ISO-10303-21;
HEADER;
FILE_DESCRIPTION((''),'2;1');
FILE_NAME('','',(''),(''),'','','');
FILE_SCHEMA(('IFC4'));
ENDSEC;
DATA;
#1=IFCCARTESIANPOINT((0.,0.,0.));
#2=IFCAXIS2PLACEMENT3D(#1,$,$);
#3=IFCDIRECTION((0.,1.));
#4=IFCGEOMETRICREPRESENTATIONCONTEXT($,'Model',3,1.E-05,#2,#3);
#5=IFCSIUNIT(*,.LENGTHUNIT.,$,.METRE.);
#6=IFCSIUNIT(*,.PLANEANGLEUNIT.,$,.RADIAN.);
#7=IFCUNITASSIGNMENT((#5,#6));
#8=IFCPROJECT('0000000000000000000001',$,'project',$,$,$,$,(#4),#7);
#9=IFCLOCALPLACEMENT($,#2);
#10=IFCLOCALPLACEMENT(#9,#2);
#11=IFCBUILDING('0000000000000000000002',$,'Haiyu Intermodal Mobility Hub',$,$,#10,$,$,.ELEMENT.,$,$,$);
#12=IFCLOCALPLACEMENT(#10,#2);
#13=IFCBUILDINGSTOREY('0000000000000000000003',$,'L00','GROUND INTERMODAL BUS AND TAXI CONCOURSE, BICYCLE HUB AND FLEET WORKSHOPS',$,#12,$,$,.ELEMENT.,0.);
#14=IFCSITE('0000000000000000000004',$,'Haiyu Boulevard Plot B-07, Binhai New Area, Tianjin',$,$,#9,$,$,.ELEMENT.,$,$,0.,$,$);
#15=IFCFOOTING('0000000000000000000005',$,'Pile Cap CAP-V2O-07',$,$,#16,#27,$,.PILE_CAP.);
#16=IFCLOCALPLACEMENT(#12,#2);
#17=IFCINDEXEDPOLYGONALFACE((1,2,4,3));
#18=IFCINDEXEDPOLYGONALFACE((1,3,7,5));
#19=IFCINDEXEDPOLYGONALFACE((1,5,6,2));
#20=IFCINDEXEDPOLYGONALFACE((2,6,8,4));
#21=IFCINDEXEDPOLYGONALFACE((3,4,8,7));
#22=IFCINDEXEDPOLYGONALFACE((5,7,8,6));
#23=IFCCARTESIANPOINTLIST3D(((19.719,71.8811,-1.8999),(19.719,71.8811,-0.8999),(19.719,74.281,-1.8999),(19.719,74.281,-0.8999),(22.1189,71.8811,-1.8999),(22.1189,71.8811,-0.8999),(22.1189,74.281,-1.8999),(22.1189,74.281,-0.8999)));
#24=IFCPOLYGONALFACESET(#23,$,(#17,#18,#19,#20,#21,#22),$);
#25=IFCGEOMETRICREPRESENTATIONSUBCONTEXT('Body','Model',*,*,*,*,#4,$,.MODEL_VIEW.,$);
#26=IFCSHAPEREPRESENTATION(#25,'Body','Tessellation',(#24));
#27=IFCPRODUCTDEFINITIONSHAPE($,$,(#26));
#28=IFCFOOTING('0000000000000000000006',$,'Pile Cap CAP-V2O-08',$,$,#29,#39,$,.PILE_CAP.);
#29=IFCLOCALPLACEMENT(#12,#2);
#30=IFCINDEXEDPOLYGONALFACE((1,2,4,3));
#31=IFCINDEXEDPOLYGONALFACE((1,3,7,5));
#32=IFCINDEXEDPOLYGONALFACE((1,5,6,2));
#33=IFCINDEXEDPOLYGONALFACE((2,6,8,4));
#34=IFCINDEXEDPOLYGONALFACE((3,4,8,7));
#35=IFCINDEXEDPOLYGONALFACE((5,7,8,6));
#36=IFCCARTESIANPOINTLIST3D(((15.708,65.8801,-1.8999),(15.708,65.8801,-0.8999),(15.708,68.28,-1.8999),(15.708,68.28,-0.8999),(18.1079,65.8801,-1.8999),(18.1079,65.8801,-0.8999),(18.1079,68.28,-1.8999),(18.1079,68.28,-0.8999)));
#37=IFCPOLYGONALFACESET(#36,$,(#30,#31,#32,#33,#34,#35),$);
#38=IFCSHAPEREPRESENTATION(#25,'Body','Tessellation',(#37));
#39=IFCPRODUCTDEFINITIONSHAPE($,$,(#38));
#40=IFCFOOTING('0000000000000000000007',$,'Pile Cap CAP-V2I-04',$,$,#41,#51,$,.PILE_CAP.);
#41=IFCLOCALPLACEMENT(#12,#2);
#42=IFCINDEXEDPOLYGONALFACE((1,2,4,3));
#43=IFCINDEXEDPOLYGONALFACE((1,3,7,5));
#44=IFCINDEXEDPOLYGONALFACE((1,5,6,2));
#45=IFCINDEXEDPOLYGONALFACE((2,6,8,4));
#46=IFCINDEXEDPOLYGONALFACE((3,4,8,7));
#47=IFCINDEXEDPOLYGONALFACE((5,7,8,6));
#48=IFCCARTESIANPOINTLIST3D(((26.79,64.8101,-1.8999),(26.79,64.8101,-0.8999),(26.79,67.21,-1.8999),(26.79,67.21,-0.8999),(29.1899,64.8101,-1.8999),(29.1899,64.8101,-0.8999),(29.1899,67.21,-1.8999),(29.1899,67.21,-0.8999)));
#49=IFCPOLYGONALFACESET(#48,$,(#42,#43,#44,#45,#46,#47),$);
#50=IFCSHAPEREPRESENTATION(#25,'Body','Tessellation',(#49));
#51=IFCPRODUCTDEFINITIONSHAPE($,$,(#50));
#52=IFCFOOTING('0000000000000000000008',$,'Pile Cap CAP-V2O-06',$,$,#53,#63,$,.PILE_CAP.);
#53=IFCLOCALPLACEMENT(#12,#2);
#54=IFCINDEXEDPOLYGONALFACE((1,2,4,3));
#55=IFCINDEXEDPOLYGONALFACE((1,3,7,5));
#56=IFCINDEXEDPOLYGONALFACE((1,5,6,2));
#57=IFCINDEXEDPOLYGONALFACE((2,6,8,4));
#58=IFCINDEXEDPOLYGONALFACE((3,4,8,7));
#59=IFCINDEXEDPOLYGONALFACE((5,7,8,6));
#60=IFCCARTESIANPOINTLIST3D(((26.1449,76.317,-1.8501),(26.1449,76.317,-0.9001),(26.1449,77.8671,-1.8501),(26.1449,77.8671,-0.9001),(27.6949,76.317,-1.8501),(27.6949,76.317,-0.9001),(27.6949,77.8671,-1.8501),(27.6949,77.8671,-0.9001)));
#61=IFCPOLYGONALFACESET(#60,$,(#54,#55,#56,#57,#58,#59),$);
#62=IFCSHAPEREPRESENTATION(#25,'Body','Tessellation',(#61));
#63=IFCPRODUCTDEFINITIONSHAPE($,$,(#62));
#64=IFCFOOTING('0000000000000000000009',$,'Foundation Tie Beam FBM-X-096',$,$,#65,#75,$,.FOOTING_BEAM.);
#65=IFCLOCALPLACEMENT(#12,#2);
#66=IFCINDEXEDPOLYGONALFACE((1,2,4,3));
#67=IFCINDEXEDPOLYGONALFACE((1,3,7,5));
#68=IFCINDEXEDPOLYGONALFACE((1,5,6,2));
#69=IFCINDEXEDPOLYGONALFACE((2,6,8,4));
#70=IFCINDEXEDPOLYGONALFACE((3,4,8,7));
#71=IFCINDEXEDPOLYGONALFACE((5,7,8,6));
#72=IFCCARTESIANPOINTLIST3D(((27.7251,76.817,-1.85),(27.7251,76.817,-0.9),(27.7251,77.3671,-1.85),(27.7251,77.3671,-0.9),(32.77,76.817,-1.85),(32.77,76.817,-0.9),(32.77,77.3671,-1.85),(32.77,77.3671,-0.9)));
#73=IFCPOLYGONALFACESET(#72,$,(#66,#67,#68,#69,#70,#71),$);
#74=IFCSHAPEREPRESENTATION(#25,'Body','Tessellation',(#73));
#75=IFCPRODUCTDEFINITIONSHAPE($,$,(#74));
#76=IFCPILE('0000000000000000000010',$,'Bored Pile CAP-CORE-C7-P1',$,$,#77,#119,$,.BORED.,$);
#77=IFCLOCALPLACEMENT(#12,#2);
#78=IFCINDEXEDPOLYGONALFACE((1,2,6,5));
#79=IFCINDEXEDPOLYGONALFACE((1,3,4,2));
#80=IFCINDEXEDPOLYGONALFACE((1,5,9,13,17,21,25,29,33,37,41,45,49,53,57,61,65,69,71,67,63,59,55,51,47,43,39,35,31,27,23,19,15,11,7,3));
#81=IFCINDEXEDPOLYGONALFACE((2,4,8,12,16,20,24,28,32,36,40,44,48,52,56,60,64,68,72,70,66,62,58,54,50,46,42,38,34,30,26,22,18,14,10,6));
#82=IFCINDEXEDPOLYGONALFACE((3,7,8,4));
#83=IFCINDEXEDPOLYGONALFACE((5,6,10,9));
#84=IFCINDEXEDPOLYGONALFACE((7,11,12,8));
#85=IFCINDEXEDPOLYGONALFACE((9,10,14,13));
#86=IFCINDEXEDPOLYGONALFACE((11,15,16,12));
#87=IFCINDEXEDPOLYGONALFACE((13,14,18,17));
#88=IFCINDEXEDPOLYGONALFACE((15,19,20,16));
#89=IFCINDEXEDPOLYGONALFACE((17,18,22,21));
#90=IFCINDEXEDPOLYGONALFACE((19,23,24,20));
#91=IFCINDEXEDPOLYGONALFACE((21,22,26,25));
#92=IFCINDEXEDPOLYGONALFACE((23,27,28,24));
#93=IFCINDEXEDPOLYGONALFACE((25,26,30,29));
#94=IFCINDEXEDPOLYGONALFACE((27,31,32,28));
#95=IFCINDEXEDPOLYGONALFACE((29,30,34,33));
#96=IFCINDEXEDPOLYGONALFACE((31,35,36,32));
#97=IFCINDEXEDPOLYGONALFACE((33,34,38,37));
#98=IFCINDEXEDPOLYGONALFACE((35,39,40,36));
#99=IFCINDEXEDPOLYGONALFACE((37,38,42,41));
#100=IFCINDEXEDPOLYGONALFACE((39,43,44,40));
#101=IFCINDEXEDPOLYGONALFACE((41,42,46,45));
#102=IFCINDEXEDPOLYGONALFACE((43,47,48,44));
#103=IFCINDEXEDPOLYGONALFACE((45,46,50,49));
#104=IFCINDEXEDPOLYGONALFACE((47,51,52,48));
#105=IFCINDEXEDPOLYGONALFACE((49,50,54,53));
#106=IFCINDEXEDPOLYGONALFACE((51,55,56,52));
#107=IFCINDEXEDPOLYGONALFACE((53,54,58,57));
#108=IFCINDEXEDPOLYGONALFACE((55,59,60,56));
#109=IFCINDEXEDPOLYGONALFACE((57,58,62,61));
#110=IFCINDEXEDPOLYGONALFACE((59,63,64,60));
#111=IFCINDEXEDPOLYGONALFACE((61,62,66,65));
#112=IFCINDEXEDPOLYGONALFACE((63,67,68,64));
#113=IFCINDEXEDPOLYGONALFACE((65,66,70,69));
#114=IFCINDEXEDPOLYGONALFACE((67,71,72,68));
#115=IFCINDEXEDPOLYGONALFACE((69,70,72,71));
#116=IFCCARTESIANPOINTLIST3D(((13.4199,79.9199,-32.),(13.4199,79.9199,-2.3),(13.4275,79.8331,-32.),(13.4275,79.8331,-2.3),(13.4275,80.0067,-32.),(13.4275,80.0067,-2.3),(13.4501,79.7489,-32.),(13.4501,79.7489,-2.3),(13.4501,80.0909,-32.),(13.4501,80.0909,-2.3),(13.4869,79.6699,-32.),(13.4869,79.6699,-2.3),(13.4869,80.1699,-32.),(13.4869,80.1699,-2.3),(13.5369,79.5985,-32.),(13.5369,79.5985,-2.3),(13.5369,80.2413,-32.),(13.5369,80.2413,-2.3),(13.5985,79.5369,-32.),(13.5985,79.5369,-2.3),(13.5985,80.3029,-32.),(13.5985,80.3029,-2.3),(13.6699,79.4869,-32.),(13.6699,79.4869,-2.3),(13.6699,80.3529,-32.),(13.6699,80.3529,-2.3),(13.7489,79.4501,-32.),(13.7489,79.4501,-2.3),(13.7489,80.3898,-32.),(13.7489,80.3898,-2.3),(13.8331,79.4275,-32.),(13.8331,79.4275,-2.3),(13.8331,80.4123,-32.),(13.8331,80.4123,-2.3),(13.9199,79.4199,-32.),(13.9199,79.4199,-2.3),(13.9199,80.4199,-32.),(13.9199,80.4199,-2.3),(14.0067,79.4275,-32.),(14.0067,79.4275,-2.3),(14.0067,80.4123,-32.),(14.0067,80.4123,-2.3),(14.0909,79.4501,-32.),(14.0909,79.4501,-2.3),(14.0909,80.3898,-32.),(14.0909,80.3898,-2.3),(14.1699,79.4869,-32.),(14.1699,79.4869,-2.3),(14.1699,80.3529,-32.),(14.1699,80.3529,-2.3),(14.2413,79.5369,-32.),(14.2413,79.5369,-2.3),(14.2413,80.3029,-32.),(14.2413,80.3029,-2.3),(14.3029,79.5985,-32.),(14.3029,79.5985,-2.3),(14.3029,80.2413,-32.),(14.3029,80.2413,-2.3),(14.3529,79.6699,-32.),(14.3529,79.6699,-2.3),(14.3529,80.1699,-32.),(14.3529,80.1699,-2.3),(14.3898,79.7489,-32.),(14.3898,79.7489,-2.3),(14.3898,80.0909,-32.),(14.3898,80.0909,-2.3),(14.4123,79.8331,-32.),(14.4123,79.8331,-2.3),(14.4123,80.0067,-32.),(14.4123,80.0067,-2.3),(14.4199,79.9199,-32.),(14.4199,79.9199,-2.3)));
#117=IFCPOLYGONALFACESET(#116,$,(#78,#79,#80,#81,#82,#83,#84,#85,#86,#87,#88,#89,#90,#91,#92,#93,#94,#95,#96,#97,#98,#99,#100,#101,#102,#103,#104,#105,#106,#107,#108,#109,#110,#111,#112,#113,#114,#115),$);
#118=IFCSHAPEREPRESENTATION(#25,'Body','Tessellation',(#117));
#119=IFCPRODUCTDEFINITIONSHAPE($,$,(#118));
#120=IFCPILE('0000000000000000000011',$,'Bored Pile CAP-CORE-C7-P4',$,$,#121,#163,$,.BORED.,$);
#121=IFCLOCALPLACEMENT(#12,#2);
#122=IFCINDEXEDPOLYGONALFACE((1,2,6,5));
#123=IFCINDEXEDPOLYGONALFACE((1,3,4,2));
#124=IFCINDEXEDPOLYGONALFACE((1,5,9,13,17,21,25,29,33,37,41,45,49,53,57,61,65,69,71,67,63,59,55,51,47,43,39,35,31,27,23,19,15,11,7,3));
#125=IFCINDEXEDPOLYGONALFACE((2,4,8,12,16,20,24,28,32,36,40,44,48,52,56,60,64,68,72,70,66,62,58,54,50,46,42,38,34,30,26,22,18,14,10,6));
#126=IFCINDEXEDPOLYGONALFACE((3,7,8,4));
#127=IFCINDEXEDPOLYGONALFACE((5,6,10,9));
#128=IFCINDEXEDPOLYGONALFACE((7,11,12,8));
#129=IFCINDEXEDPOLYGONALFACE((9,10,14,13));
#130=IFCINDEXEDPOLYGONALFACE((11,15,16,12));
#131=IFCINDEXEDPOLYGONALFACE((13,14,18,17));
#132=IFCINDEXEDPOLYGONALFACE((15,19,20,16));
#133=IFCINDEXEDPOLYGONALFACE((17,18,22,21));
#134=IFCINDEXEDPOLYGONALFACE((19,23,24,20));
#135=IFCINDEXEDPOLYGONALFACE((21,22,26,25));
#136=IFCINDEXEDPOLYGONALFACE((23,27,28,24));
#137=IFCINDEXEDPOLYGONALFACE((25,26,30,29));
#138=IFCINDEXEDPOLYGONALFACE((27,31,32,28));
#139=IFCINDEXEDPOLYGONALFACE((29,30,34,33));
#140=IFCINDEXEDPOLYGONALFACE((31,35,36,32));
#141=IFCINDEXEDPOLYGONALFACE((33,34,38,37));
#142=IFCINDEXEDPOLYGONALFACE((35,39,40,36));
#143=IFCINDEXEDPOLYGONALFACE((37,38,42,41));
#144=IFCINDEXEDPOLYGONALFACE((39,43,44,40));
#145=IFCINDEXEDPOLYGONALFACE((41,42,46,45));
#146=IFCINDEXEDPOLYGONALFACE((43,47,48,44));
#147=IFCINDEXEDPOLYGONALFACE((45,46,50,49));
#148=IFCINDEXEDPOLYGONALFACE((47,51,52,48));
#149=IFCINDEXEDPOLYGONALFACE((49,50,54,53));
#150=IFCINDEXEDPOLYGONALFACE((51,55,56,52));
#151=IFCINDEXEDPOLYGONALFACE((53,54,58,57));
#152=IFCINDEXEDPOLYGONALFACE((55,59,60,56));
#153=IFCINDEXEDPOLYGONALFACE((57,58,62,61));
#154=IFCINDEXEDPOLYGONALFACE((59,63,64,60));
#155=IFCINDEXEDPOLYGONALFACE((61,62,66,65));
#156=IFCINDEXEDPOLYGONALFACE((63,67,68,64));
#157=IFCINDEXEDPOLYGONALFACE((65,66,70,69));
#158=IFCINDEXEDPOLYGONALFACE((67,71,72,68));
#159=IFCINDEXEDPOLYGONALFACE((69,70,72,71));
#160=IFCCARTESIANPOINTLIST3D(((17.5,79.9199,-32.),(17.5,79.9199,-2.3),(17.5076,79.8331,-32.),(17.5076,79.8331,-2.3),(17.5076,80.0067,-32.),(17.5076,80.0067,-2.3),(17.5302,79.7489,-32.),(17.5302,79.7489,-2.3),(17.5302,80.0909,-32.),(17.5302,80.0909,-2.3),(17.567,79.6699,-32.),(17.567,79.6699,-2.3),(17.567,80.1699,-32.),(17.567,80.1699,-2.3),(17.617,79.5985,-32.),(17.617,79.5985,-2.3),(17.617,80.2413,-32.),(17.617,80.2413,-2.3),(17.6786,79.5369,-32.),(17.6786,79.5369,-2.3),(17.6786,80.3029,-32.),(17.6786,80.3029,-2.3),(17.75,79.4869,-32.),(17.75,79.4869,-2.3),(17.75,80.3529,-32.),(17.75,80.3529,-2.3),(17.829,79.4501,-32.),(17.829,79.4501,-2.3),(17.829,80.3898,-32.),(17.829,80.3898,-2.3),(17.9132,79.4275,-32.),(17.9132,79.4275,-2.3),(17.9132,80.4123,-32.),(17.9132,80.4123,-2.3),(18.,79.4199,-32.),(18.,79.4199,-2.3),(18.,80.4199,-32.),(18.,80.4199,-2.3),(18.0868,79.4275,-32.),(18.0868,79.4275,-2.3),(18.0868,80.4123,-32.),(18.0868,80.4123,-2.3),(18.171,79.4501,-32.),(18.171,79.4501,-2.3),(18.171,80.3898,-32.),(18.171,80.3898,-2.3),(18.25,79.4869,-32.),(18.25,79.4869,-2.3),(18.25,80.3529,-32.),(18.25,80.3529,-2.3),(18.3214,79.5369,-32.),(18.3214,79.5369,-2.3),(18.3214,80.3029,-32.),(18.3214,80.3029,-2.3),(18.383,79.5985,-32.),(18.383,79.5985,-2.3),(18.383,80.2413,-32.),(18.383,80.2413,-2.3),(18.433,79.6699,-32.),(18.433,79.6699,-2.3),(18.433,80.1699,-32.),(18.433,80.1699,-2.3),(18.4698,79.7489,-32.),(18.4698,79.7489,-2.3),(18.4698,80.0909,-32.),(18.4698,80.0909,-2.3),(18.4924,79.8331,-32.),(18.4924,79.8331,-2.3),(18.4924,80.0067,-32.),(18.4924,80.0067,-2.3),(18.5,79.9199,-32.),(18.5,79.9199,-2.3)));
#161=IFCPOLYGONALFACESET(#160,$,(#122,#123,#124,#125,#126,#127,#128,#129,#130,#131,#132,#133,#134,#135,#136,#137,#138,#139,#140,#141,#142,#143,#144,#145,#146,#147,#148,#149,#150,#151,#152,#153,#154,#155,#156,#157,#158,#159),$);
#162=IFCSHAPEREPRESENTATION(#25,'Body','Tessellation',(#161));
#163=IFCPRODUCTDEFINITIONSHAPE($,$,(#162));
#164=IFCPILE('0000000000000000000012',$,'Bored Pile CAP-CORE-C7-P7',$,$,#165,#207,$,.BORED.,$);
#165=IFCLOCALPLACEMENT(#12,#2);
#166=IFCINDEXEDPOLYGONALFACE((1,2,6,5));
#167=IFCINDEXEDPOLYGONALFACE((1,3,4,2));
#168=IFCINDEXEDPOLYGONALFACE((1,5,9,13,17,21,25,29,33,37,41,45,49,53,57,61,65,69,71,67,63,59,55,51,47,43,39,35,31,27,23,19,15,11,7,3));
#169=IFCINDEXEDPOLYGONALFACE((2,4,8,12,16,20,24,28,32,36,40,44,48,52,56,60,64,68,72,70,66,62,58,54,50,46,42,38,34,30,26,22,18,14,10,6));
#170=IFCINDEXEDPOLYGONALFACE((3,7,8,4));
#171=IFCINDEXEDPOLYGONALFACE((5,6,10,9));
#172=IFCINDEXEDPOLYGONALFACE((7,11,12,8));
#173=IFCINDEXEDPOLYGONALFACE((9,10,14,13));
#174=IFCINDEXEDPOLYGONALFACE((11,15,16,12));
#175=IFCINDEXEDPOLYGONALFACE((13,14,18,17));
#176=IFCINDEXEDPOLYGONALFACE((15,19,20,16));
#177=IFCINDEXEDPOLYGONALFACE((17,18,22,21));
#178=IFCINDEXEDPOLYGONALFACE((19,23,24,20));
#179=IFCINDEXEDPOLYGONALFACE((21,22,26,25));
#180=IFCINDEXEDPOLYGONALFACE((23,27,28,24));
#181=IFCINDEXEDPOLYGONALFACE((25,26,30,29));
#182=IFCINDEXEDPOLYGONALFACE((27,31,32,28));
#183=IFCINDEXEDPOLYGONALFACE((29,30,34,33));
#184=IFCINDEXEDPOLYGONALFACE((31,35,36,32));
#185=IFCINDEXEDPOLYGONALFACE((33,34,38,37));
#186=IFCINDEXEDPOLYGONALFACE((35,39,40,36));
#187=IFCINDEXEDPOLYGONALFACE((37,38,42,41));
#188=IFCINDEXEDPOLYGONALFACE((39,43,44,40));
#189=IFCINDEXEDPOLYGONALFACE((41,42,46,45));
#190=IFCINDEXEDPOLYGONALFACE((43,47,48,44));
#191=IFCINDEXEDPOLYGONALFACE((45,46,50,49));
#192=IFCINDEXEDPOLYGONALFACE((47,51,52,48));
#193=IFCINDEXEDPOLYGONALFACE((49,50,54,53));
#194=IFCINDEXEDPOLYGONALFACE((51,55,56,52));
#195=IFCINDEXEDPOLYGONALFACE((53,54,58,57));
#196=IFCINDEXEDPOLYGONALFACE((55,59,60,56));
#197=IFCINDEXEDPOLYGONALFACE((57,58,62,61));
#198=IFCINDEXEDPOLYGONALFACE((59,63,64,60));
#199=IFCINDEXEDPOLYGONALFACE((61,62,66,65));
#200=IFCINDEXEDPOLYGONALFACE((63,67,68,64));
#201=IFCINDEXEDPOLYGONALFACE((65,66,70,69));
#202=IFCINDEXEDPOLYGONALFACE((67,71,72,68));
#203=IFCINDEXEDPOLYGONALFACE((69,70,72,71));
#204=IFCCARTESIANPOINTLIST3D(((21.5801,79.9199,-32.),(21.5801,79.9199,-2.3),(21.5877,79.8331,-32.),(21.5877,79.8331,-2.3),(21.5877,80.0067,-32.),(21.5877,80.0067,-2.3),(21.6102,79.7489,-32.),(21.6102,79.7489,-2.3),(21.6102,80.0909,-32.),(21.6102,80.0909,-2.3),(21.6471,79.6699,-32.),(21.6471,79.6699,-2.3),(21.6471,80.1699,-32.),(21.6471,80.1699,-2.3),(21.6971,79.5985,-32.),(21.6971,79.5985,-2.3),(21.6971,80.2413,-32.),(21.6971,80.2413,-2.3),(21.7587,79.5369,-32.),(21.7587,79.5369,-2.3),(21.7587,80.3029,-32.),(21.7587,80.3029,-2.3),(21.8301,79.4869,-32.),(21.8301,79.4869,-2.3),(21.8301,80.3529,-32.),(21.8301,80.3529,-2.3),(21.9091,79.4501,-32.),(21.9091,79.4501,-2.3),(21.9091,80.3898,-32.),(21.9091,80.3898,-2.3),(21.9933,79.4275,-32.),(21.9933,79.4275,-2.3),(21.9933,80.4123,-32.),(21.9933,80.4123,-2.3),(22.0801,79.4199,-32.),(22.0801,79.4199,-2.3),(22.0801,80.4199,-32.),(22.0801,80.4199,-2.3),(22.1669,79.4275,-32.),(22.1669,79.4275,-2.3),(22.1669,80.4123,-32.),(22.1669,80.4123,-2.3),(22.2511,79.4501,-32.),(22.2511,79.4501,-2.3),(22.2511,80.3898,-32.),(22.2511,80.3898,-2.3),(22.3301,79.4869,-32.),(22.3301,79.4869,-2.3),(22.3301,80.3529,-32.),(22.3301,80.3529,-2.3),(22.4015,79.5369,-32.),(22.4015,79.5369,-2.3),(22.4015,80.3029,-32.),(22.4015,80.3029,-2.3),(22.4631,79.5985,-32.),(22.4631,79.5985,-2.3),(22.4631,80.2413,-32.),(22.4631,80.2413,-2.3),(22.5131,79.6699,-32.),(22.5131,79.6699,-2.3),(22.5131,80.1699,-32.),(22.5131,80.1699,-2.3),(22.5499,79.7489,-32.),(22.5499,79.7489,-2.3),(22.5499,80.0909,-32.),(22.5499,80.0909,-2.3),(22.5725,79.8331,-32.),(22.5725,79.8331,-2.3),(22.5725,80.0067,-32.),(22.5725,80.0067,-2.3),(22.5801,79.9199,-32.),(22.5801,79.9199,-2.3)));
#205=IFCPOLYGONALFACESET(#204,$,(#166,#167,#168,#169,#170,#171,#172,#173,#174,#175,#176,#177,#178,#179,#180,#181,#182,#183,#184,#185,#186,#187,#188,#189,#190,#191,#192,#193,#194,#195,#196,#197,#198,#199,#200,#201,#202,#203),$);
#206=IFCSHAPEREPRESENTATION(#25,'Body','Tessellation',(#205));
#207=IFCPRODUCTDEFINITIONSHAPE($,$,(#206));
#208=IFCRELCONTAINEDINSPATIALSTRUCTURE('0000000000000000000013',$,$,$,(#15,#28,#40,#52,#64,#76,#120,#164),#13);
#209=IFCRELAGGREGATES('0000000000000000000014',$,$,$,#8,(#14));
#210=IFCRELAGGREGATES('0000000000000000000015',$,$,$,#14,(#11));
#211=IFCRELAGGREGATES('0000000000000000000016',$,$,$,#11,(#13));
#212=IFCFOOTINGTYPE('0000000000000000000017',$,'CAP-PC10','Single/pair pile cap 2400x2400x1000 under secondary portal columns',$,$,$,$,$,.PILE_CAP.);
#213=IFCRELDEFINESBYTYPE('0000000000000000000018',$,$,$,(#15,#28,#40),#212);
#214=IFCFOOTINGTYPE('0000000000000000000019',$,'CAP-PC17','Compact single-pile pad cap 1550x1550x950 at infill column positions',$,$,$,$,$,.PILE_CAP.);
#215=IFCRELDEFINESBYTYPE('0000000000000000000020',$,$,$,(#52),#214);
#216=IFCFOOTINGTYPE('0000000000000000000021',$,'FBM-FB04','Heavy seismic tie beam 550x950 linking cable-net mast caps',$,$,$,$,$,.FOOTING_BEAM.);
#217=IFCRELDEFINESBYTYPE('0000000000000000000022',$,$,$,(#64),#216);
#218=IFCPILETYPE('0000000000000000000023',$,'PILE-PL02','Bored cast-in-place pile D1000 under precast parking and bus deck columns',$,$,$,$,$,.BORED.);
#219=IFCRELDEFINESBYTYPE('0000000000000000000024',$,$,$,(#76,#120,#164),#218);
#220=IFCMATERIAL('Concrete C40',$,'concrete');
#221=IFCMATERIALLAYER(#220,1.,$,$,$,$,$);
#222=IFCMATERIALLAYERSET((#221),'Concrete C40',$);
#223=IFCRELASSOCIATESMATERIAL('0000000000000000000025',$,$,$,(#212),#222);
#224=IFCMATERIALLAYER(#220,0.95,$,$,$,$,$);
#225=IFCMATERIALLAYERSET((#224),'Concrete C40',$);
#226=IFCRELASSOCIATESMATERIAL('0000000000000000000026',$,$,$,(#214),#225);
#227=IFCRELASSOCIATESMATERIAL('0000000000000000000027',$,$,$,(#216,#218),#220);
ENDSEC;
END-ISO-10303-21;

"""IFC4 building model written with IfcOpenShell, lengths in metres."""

from ifc_helpers import new_model, si_unit, direction, frame, origin, origin_2d, place, context, subcontext, project, spatial, rectangle, circle, extrude, material, layer, layer_set, material_profile, profile_set, type_object, element, save


model = new_model("IFC4")

# Units and contexts
model_context = context("Model", 3, precision=1e-05, world=origin(), true_north=direction((0.0, 1.0)))
body_context = subcontext(model_context, "Body", "Model", "MODEL_VIEW")
ifc_project = project(units=[si_unit("LENGTHUNIT", "METRE"), si_unit("PLANEANGLEUNIT", "RADIAN")], contexts=[model_context])

# Site, building, storey
site_placement = place(None, origin())
site = spatial("IfcSite", under=ifc_project, at=site_placement, Name="Haiyu Boulevard Plot B-07, Binhai New Area, Tianjin", CompositionType="ELEMENT", RefElevation=0.0)
building_placement = place(site_placement, origin())
building = spatial("IfcBuilding", under=site, at=building_placement, Name="Haiyu Intermodal Mobility Hub", CompositionType="ELEMENT")
storey_placement = place(building_placement, origin())
storey = spatial("IfcBuildingStorey", under=building, at=storey_placement, Name="L00", Description="GROUND INTERMODAL BUS AND TAXI CONCOURSE, BICYCLE HUB AND FLEET WORKSHOPS", CompositionType="ELEMENT", Elevation=0.0)

# Footings
ifc_material_1 = material(Name="Concrete C40", Category="concrete")
ifc_layer_1 = layer(ifc_material_1, 1.0)
ifc_layer_set_1 = layer_set([ifc_layer_1], Name="Concrete C40")
footing_type_1 = type_object("IfcFootingType", Name="CAP-PC10", Description="Single/pair pile cap 2400x2400x1000 under secondary portal columns", PredefinedType="PILE_CAP", material=ifc_layer_set_1)
for number, where, z_axis, x_axis, name in (
    (1, (20.9189, 73.0811, -1.8999), (0.0, 0.0, 1.0), (1.0, 0.0, 0.0), "Pile Cap CAP-V2O-07"),
    (2, (16.908, 67.0801, -1.8999), (0.0, 0.0, 1.0), (1.0, 0.0, 0.0), "Pile Cap CAP-V2O-08"),
    (3, (27.99, 66.01, -1.8999), (0.0, 0.0, 1.0), (1.0, 0.0, 0.0), "Pile Cap CAP-V2I-04"),
):
    element("IfcFooting", number, at=place(storey_placement, frame(where, z_axis=z_axis, x_axis=x_axis)), inside=storey, type_object=footing_type_1, Name=name, PredefinedType="PILE_CAP", context=body_context, shape_type="SweptSolid", body=[
        extrude(rectangle(XDim=2.3999, YDim=2.3999, at=origin_2d()), origin(), (0.0, 0.0, 1.0), 1.0),
    ])
ifc_layer_2 = layer(ifc_material_1, 0.95)
ifc_layer_set_2 = layer_set([ifc_layer_2], Name="Concrete C40")
footing_type_2 = type_object("IfcFootingType", Name="CAP-PC17", Description="Compact single-pile pad cap 1550x1550x950 at infill column positions", PredefinedType="PILE_CAP", material=ifc_layer_set_2)
footing_1_placement = place(storey_placement, frame((26.9199, 77.092, -1.8501), z_axis=(0.0, 0.0, 1.0), x_axis=(1.0, 0.0, 0.0)))
element("IfcFooting", 4, at=footing_1_placement, inside=storey, type_object=footing_type_2, Name="Pile Cap CAP-V2O-06", PredefinedType="PILE_CAP", context=body_context, shape_type="SweptSolid", body=[
    extrude(rectangle(XDim=1.55, YDim=1.55, at=origin_2d()), origin(), (0.0, 0.0, 1.0), 0.95),
])
ifc_material_profile_1 = material_profile(ifc_material_1, rectangle(XDim=0.55, YDim=0.95, at=origin_2d()), Name="FB550x950")
ifc_profile_set_1 = profile_set([ifc_material_profile_1], Name="Concrete C40")
footing_type_3 = type_object("IfcFootingType", Name="FBM-FB04", Description="Heavy seismic tie beam 550x950 linking cable-net mast caps", PredefinedType="FOOTING_BEAM", material=ifc_profile_set_1)
footing_2_placement = place(storey_placement, frame((27.7251, 77.092, -1.375), z_axis=(1.0, 0.0, 0.0), x_axis=(0.0, 1.0, 0.0)))
element("IfcFooting", 5, at=footing_2_placement, inside=storey, type_object=footing_type_3, Name="Foundation Tie Beam FBM-X-096", PredefinedType="FOOTING_BEAM", context=body_context, shape_type="SweptSolid", body=[
    extrude(rectangle(XDim=0.55, YDim=0.95, at=origin_2d()), origin(), (0.0, 0.0, 1.0), 5.0449),
])

# Piles
ifc_material_profile_2 = material_profile(ifc_material_1, circle(Radius=0.5, at=origin_2d()), Name="PILE-D1000")
ifc_profile_set_2 = profile_set([ifc_material_profile_2], Name="Concrete C40")
pile_type_1 = type_object("IfcPileType", Name="PILE-PL02", Description="Bored cast-in-place pile D1000 under precast parking and bus deck columns", PredefinedType="BORED", material=ifc_profile_set_2)
for number, where, z_axis, x_axis, name in (
    (6, (13.9199, 79.9199, -2.3), (0.0, 0.0, -1.0), (1.0, 0.0, 0.0), "Bored Pile CAP-CORE-C7-P1"),
    (7, (18.0, 79.9199, -2.3), (0.0, 0.0, -1.0), (1.0, 0.0, 0.0), "Bored Pile CAP-CORE-C7-P4"),
    (8, (22.0801, 79.9199, -2.3), (0.0, 0.0, -1.0), (1.0, 0.0, 0.0), "Bored Pile CAP-CORE-C7-P7"),
):
    element("IfcPile", number, at=place(storey_placement, frame(where, z_axis=z_axis, x_axis=x_axis)), inside=storey, type_object=pile_type_1, Name=name, PredefinedType="BORED", context=body_context, shape_type="SweptSolid", body=[
        extrude(circle(Radius=0.5, at=origin_2d()), origin(), (0.0, 0.0, 1.0), 29.7),
    ])

save(model, "model.ifc")
